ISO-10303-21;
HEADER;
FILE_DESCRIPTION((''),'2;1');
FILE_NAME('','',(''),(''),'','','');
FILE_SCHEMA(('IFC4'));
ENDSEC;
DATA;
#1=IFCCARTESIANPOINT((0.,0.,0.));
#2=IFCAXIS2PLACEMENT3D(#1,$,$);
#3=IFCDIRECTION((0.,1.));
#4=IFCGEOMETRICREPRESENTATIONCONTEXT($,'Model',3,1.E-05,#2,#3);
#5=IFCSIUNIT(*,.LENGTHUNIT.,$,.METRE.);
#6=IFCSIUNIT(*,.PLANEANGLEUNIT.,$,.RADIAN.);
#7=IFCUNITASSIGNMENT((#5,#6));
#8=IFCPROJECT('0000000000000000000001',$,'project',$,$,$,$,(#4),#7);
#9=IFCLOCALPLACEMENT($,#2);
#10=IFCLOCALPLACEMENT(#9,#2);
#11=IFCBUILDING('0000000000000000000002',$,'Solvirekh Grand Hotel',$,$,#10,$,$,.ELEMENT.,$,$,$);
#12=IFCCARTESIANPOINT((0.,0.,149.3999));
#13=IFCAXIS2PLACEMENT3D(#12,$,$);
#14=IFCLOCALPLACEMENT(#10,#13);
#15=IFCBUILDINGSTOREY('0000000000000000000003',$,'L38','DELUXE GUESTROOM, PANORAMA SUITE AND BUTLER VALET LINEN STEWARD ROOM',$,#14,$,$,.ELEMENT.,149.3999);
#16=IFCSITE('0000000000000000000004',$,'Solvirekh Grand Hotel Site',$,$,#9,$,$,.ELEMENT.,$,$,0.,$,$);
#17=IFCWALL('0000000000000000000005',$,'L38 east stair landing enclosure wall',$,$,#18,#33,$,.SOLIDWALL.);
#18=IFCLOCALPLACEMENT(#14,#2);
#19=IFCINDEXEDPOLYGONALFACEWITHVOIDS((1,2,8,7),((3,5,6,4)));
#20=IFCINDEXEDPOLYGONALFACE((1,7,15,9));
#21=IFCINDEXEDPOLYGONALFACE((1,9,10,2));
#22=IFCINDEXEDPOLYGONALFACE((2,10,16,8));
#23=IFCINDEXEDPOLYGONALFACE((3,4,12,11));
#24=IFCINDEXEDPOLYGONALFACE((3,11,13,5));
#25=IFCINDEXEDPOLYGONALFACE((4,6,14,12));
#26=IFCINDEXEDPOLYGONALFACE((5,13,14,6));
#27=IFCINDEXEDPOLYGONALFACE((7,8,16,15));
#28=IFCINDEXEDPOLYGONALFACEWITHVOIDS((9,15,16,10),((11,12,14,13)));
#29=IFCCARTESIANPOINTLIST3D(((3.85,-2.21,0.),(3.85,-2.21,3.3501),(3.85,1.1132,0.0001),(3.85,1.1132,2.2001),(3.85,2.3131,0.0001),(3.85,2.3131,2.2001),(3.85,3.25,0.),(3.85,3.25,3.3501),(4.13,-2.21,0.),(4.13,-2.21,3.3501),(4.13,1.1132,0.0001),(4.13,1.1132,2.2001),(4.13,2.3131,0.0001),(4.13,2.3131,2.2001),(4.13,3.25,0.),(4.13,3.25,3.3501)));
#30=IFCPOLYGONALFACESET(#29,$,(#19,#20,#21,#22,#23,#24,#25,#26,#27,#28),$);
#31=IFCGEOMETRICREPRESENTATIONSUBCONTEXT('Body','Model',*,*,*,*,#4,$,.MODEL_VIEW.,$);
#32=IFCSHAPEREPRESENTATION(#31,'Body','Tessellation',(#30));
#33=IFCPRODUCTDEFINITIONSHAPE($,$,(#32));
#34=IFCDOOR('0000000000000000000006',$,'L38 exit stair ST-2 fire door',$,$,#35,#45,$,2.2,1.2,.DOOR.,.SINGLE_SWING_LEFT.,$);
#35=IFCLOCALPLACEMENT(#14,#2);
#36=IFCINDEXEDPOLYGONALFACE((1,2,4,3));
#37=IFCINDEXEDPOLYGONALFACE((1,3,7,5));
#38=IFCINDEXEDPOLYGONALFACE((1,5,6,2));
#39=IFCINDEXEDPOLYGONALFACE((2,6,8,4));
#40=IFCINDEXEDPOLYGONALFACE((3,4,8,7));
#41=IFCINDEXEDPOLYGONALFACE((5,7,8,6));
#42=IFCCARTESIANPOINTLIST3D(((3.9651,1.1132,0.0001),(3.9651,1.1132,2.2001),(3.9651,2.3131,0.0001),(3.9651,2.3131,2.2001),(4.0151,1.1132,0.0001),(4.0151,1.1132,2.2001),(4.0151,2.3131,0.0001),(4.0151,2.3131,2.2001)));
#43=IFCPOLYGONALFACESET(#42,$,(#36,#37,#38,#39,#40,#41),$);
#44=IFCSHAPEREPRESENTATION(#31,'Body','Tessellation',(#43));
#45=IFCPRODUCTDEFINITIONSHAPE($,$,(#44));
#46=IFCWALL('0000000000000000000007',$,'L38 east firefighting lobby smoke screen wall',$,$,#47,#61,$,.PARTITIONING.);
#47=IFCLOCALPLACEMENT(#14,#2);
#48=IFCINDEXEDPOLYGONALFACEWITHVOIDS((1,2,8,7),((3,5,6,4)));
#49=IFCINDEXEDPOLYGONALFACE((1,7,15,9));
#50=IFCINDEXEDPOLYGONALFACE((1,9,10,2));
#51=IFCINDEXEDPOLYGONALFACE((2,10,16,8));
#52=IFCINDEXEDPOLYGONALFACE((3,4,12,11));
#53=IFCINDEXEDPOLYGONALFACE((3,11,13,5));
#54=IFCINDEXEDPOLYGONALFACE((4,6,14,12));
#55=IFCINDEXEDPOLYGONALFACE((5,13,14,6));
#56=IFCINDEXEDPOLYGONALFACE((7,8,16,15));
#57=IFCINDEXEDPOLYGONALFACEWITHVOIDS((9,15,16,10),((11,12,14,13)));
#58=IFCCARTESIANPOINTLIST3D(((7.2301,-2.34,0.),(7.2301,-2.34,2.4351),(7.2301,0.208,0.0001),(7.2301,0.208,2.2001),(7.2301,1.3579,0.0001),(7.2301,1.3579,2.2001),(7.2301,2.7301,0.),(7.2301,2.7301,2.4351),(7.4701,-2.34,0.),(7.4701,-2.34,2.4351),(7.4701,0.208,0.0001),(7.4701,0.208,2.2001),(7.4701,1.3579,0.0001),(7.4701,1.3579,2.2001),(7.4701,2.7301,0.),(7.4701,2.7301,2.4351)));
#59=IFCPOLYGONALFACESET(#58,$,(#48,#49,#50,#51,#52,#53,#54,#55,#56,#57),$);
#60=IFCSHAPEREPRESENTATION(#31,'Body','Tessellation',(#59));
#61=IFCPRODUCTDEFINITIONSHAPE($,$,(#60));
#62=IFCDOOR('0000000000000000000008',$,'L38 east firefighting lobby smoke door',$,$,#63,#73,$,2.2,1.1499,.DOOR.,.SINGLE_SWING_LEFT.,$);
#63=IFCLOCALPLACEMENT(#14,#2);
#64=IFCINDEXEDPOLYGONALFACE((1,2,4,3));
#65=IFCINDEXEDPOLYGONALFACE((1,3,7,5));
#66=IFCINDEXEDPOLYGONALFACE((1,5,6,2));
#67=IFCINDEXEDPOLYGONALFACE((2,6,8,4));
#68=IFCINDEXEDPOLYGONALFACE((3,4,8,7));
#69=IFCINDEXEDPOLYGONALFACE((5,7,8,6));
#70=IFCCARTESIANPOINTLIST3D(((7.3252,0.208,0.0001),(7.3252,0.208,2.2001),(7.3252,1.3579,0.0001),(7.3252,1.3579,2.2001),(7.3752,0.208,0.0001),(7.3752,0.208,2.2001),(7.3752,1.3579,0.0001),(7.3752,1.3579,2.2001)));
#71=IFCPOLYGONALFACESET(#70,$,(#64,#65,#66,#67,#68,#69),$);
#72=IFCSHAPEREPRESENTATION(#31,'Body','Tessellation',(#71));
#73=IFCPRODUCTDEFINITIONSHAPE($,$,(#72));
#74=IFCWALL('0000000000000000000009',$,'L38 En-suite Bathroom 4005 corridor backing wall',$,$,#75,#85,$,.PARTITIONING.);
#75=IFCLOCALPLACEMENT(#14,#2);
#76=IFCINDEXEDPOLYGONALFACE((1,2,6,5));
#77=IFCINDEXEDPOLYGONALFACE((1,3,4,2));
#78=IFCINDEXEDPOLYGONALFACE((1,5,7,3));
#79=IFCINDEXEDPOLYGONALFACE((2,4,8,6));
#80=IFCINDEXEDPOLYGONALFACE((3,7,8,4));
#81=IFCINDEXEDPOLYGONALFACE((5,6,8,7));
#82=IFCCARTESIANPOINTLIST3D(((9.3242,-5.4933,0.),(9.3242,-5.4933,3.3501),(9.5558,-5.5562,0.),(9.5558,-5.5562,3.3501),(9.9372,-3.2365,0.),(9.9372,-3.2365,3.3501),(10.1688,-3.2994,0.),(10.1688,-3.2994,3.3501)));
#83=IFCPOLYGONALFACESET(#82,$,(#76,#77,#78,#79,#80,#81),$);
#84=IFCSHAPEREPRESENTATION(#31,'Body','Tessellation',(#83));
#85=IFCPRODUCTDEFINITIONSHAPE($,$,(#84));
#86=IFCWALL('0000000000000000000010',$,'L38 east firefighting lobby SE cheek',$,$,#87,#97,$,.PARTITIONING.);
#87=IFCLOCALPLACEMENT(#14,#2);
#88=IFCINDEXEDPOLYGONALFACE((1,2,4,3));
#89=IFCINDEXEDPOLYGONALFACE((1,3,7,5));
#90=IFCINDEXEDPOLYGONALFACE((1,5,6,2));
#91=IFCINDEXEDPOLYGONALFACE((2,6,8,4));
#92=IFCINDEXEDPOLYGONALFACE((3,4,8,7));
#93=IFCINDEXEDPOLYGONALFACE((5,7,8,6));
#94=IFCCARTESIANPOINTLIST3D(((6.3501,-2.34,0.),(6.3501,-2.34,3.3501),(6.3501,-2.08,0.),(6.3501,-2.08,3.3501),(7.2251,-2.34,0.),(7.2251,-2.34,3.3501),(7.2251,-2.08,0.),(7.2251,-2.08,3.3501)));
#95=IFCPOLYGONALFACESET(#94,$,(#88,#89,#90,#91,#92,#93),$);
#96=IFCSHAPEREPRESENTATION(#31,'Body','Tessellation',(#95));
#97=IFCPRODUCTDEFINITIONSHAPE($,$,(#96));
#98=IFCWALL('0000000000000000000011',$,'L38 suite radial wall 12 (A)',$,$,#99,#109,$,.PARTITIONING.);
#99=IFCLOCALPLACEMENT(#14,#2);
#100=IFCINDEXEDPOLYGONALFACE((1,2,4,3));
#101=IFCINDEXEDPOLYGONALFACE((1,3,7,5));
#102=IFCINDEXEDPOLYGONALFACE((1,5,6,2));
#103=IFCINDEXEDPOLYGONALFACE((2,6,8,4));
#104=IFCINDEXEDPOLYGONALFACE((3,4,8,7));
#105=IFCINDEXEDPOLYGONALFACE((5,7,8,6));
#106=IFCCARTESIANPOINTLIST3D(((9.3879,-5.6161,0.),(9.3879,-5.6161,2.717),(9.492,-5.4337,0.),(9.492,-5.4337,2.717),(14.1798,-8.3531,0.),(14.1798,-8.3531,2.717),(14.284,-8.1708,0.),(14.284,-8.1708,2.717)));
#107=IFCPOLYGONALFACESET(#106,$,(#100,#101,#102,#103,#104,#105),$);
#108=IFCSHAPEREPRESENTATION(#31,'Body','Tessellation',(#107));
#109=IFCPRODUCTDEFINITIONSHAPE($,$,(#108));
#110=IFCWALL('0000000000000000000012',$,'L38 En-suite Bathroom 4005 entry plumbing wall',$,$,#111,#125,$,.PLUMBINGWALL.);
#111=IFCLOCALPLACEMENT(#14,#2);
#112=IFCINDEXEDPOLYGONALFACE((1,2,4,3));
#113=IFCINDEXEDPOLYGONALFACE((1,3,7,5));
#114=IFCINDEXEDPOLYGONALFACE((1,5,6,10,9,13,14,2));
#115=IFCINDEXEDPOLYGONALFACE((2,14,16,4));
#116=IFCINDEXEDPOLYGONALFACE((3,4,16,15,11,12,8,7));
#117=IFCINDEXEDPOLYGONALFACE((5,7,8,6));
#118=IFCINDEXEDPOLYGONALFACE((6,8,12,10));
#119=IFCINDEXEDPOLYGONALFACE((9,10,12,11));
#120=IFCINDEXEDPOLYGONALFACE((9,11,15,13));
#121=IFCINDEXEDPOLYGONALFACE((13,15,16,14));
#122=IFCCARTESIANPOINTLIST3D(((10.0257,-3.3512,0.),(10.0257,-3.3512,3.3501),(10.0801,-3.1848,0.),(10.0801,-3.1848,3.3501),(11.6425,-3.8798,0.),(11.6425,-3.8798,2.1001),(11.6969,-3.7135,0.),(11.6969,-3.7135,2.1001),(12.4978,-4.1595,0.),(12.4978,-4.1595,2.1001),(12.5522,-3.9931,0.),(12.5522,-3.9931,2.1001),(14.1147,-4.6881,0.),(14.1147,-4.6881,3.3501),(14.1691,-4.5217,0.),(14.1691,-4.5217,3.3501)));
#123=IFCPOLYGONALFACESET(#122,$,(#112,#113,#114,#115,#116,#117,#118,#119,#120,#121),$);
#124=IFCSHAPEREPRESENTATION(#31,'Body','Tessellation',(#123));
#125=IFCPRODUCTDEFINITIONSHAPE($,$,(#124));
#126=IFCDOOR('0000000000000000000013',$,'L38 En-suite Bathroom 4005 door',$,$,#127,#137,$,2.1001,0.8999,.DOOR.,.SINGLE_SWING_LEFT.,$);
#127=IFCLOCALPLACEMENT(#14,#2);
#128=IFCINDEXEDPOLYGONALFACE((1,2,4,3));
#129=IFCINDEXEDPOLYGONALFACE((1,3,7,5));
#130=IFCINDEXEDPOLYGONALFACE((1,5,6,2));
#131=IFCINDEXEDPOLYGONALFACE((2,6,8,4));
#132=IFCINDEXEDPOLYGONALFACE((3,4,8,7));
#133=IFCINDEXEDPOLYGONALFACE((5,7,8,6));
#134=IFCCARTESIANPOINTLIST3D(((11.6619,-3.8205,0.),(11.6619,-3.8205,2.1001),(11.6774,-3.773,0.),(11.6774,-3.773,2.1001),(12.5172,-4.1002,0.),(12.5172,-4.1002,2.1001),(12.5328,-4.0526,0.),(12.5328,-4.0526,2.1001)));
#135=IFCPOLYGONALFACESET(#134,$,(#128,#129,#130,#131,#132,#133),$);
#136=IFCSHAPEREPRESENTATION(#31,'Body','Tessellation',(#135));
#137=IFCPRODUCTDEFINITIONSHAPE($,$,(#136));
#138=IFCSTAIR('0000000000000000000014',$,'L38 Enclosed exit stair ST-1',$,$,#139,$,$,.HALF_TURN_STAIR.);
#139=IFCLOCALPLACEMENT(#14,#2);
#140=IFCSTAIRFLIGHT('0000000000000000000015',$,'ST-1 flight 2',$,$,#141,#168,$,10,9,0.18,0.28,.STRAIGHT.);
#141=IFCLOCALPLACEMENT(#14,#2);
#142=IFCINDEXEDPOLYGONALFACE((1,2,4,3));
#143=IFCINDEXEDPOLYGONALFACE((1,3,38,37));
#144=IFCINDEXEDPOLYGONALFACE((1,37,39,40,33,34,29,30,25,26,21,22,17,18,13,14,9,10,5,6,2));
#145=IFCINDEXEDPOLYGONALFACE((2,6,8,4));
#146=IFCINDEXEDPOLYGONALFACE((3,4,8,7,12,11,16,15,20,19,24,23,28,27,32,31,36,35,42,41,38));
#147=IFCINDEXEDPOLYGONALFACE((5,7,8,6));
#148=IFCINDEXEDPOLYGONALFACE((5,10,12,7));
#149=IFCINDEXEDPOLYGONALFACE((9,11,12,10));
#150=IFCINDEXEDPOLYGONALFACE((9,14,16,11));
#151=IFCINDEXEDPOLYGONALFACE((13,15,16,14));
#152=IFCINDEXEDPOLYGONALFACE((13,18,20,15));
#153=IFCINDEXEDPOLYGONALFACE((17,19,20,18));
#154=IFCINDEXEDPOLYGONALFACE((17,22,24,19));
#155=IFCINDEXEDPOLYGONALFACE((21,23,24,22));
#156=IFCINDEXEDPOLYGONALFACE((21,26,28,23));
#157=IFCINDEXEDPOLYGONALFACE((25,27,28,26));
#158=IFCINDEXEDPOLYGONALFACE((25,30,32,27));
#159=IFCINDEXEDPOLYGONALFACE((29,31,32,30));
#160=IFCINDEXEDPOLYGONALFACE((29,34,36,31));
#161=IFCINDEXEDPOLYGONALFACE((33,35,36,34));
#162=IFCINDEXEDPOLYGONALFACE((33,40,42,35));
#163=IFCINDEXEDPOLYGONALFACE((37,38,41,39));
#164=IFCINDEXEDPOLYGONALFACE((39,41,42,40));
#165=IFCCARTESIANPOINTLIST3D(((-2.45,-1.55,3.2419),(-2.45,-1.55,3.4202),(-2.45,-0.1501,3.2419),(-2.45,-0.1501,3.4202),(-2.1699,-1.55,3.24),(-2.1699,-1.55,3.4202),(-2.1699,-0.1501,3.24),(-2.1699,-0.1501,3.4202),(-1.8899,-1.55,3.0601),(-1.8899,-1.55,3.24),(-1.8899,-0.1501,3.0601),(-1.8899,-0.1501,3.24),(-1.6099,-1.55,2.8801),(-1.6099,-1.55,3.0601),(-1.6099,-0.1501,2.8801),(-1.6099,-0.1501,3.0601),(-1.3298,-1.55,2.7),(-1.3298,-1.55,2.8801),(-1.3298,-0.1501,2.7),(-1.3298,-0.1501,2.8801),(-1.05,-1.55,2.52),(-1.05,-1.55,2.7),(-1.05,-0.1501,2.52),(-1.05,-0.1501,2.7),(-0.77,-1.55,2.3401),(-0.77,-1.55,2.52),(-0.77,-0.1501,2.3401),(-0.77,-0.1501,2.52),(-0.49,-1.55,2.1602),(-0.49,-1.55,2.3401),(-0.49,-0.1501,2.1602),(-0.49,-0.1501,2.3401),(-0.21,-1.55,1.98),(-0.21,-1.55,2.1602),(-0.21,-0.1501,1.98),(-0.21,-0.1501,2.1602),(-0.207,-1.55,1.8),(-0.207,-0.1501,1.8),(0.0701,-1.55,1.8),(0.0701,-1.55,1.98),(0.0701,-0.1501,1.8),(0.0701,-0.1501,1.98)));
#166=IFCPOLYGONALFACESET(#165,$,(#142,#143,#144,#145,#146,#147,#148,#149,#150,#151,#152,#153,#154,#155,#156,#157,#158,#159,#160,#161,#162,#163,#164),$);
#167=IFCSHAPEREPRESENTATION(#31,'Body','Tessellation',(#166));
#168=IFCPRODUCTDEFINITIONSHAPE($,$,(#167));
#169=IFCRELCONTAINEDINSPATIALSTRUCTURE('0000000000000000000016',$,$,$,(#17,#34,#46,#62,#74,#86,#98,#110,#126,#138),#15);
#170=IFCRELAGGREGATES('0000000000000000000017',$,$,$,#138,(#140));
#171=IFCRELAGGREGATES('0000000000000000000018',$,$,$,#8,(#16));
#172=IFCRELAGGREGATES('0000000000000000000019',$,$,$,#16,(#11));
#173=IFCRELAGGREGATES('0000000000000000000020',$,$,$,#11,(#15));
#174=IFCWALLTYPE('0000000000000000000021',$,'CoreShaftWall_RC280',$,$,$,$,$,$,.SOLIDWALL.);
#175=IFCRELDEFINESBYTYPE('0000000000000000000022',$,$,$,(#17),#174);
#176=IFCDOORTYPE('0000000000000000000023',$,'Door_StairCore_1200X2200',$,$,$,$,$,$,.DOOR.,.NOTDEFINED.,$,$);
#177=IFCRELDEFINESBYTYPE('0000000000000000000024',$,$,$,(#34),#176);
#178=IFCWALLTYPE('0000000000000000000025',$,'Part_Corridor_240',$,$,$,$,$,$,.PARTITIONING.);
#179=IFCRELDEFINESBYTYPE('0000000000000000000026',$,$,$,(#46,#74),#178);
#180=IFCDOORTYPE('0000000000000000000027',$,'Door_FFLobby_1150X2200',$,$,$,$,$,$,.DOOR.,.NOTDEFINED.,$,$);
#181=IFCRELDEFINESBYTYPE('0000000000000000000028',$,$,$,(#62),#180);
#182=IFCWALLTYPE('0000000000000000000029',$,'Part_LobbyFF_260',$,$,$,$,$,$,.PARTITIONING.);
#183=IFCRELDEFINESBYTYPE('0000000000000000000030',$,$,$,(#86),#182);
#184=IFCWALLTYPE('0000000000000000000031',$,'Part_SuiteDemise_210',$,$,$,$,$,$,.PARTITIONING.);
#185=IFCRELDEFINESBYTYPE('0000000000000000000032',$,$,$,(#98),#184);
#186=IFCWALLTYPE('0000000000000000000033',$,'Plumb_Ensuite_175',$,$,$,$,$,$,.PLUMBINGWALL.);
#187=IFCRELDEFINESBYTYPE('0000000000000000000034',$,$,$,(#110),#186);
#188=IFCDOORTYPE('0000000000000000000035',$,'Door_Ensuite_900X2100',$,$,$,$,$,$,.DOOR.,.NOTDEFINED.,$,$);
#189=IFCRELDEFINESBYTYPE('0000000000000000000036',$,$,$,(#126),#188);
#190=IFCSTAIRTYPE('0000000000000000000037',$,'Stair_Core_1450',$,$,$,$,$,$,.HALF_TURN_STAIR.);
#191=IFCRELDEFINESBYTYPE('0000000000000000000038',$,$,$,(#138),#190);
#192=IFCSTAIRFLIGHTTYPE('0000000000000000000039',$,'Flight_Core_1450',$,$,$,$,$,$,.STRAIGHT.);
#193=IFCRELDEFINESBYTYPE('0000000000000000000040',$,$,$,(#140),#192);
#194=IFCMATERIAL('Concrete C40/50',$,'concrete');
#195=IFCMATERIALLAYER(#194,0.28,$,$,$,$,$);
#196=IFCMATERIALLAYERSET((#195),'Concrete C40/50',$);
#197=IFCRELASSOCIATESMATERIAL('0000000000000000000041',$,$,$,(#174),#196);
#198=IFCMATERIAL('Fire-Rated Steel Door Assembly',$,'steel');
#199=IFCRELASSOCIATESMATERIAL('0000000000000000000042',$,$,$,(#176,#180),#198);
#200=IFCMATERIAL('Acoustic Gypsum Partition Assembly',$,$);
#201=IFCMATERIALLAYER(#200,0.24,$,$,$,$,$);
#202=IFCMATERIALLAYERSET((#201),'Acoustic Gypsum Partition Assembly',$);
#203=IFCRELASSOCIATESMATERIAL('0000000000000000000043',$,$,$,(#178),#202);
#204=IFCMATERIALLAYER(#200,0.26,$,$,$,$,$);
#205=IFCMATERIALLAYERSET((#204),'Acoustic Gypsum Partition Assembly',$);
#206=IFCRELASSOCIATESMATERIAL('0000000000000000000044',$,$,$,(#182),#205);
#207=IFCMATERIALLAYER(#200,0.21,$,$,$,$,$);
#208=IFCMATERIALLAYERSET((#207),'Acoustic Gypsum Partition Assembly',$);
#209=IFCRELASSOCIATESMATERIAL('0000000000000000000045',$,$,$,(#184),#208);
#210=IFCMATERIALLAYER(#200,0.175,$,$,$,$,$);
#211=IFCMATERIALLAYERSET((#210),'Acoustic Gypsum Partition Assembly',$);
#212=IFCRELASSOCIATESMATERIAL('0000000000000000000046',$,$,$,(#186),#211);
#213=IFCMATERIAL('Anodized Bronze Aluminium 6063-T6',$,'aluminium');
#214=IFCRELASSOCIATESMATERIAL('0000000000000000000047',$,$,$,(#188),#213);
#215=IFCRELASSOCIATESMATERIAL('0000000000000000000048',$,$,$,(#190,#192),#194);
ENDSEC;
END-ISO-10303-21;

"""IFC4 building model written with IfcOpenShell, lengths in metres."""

from ifc_helpers import new_model, si_unit, direction, frame, frame_2d, origin, place, context, subcontext, project, spatial, polyline, rectangle, outline, extrude, material, layer, layer_set, type_object, element, fill, aggregate, save


model = new_model("IFC4")

# Units and contexts
model_context = context("Model", 3, precision=1e-05, world=origin(), true_north=direction((0.0, 1.0)))
body_context = subcontext(model_context, "Body", "Model", "MODEL_VIEW")
ifc_project = project(units=[si_unit("LENGTHUNIT", "METRE"), si_unit("PLANEANGLEUNIT", "RADIAN")], contexts=[model_context])

# Site, building, storey
site_placement = place(None, origin())
site = spatial("IfcSite", under=ifc_project, at=site_placement, Name="Solvirekh Grand Hotel Site", CompositionType="ELEMENT", RefElevation=0.0)
building_placement = place(site_placement, origin())
building = spatial("IfcBuilding", under=site, at=building_placement, Name="Solvirekh Grand Hotel", CompositionType="ELEMENT")
storey_placement = place(building_placement, frame((0.0, 0.0, 149.3999)))
storey = spatial("IfcBuildingStorey", under=building, at=storey_placement, Name="L38", Description="DELUXE GUESTROOM, PANORAMA SUITE AND BUTLER VALET LINEN STEWARD ROOM", CompositionType="ELEMENT", Elevation=149.3999)

# Shared definitions
ifc_material_1 = material(Name="Concrete C40/50", Category="concrete")
ifc_layer_1 = layer(ifc_material_1, 0.28)
ifc_layer_set_1 = layer_set([ifc_layer_1], Name="Concrete C40/50")
wall_type_1 = type_object("IfcWallType", Name="CoreShaftWall_RC280", PredefinedType="SOLIDWALL", material=ifc_layer_set_1)

# Shared definitions
ifc_material_2 = material(Name="Fire-Rated Steel Door Assembly", Category="steel")

# Walls, openings, doors
wall_1_placement = place(storey_placement, frame((3.99, -2.21, 0.0), z_axis=(0.0, 0.0, 1.0), x_axis=(0.0, 1.0, 0.0)))
wall_1 = element("IfcWall", 1, at=wall_1_placement, inside=storey, type_object=wall_type_1, Name="L38 east stair landing enclosure wall", PredefinedType="SOLIDWALL", context=body_context, shape_type="SweptSolid", body=[
    extrude(rectangle(XDim=5.46, YDim=0.28, at=frame_2d((2.73, 0.0))), origin(), (0.0, 0.0, 1.0), 3.3501),
])
opening_1_placement = place(wall_1_placement, frame((3.323, 0.0, 0.0)))
opening_1 = element("IfcOpeningElement", 2, at=opening_1_placement, cuts=wall_1, PredefinedType="OPENING", context=body_context, shape_type="SweptSolid", body=[
    extrude(rectangle(XDim=1.2, YDim=2.2, at=frame_2d((0.6001, 1.1001))), frame((0.0, 0.1499, 0.0), z_axis=(0.0, -1.0, 0.0), x_axis=(1.0, 0.0, 0.0)), (0.0, 0.0, 1.0), 0.3),
])
door_type_1 = type_object("IfcDoorType", Name="Door_StairCore_1200X2200", OperationType="NOTDEFINED", PredefinedType="DOOR", material=ifc_material_2)
door_1_placement = place(opening_1_placement, origin())
door_1 = element("IfcDoor", 3, at=door_1_placement, inside=storey, type_object=door_type_1, Name="L38 exit stair ST-2 fire door", OperationType="SINGLE_SWING_LEFT", OverallHeight=2.2, OverallWidth=1.2, PredefinedType="DOOR", context=body_context, shape_type="SweptSolid", body=[
    extrude(rectangle(XDim=1.2, YDim=2.2, at=frame_2d((0.6001, 1.1001))), frame((0.0, 0.0249, 0.0), z_axis=(0.0, -1.0, 0.0), x_axis=(1.0, 0.0, 0.0)), (0.0, 0.0, 1.0), 0.05),
])
fill(opening_1, door_1)
ifc_material_3 = material(Name="Acoustic Gypsum Partition Assembly")
ifc_layer_2 = layer(ifc_material_3, 0.24)
ifc_layer_set_2 = layer_set([ifc_layer_2], Name="Acoustic Gypsum Partition Assembly")
wall_type_2 = type_object("IfcWallType", Name="Part_Corridor_240", PredefinedType="PARTITIONING", material=ifc_layer_set_2)
wall_2_placement = place(storey_placement, frame((7.3501, -2.3401, 0.0), z_axis=(0.0, 0.0, 1.0), x_axis=(0.0, 1.0, 0.0)))
wall_2 = element("IfcWall", 4, at=wall_2_placement, inside=storey, type_object=wall_type_2, Name="L38 east firefighting lobby smoke screen wall", PredefinedType="PARTITIONING", context=body_context, shape_type="SweptSolid", body=[
    extrude(rectangle(XDim=5.0701, YDim=0.24, at=frame_2d((2.5352, 0.0))), origin(), (0.0, 0.0, 1.0), 2.4351),
])
opening_2_placement = place(wall_2_placement, frame((2.5481, 0.0, 0.0)))
opening_2 = element("IfcOpeningElement", 5, at=opening_2_placement, cuts=wall_2, PredefinedType="OPENING", context=body_context, shape_type="SweptSolid", body=[
    extrude(rectangle(XDim=1.1499, YDim=2.2, at=frame_2d((0.575, 1.1001))), frame((0.0, 0.1299, 0.0), z_axis=(0.0, -1.0, 0.0), x_axis=(1.0, 0.0, 0.0)), (0.0, 0.0, 1.0), 0.26),
])
door_type_2 = type_object("IfcDoorType", Name="Door_FFLobby_1150X2200", OperationType="NOTDEFINED", PredefinedType="DOOR", material=ifc_material_2)
door_2_placement = place(opening_2_placement, origin())
door_2 = element("IfcDoor", 6, at=door_2_placement, inside=storey, type_object=door_type_2, Name="L38 east firefighting lobby smoke door", OperationType="SINGLE_SWING_LEFT", OverallHeight=2.2, OverallWidth=1.1499, PredefinedType="DOOR", context=body_context, shape_type="SweptSolid", body=[
    extrude(rectangle(XDim=1.1499, YDim=2.2, at=frame_2d((0.575, 1.1001))), frame((0.0, 0.0249, 0.0), z_axis=(0.0, -1.0, 0.0), x_axis=(1.0, 0.0, 0.0)), (0.0, 0.0, 1.0), 0.05),
])
fill(opening_2, door_2)

# Walls
wall_3_placement = place(storey_placement, frame((9.4399, -5.5249, 0.0), z_axis=(0.0, 0.0, 1.0), x_axis=(0.262137, 0.965031, 0.0)))
element("IfcWall", 7, at=wall_3_placement, inside=storey, type_object=wall_type_2, Name="L38 En-suite Bathroom 4005 corridor backing wall", PredefinedType="PARTITIONING", context=body_context, shape_type="SweptSolid", body=[
    extrude(rectangle(XDim=2.3386, YDim=0.24, at=frame_2d((1.1694, 0.0))), origin(), (0.0, 0.0, 1.0), 3.3501),
])
ifc_layer_3 = layer(ifc_material_3, 0.26)
ifc_layer_set_3 = layer_set([ifc_layer_3], Name="Acoustic Gypsum Partition Assembly")
wall_type_3 = type_object("IfcWallType", Name="Part_LobbyFF_260", PredefinedType="PARTITIONING", material=ifc_layer_set_3)
wall_4_placement = place(storey_placement, frame((6.3501, -2.21, 0.0), z_axis=(0.0, 0.0, 1.0), x_axis=(1.0, 0.0, 0.0)))
element("IfcWall", 8, at=wall_4_placement, inside=storey, type_object=wall_type_3, Name="L38 east firefighting lobby SE cheek", PredefinedType="PARTITIONING", context=body_context, shape_type="SweptSolid", body=[
    extrude(rectangle(XDim=0.875, YDim=0.26, at=frame_2d((0.4375, 0.0))), origin(), (0.0, 0.0, 1.0), 3.3501),
])
ifc_layer_4 = layer(ifc_material_3, 0.21)
ifc_layer_set_4 = layer_set([ifc_layer_4], Name="Acoustic Gypsum Partition Assembly")
wall_type_4 = type_object("IfcWallType", Name="Part_SuiteDemise_210", PredefinedType="PARTITIONING", material=ifc_layer_set_4)
wall_5_placement = place(storey_placement, frame((9.4399, -5.5249, 0.0), z_axis=(0.0, 0.0, 1.0), x_axis=(0.868338, -0.495972, 0.0)))
element("IfcWall", 9, at=wall_5_placement, inside=storey, type_object=wall_type_4, Name="L38 suite radial wall 12 (A)", PredefinedType="PARTITIONING", context=body_context, shape_type="SweptSolid", body=[
    extrude(rectangle(XDim=5.5186, YDim=0.21, at=frame_2d((2.7593, 0.0))), origin(), (0.0, 0.0, 1.0), 2.717),
])

# Wall, opening, door
ifc_layer_5 = layer(ifc_material_3, 0.175)
ifc_layer_set_5 = layer_set([ifc_layer_5], Name="Acoustic Gypsum Partition Assembly")
wall_type_5 = type_object("IfcWallType", Name="Plumb_Ensuite_175", PredefinedType="PLUMBINGWALL", material=ifc_layer_set_5)
wall_6_placement = place(storey_placement, frame((10.053, -3.2681, 0.0), z_axis=(0.0, 0.0, 1.0), x_axis=(0.950489, -0.310758, 0.0)))
wall_6 = element("IfcWall", 10, at=wall_6_placement, inside=storey, type_object=wall_type_5, Name="L38 En-suite Bathroom 4005 entry plumbing wall", PredefinedType="PLUMBINGWALL", context=body_context, shape_type="SweptSolid", body=[
    extrude(rectangle(XDim=4.302, YDim=0.175, at=frame_2d((2.1509, 0.0))), origin(), (0.0, 0.0, 1.0), 3.3501),
])
opening_3_placement = place(wall_6_placement, frame((1.7009, 0.0, 0.0)))
opening_3 = element("IfcOpeningElement", 11, at=opening_3_placement, cuts=wall_6, PredefinedType="OPENING", context=body_context, shape_type="SweptSolid", body=[
    extrude(rectangle(XDim=0.8999, YDim=2.1001, at=frame_2d((0.45, 1.05))), frame((0.0, 0.0977, 0.0), z_axis=(0.0, -1.0, 0.0), x_axis=(1.0, 0.0, 0.0)), (0.0, 0.0, 1.0), 0.1951),
])
ifc_material_4 = material(Name="Anodized Bronze Aluminium 6063-T6", Category="aluminium")
door_type_3 = type_object("IfcDoorType", Name="Door_Ensuite_900X2100", OperationType="NOTDEFINED", PredefinedType="DOOR", material=ifc_material_4)
door_3_placement = place(opening_3_placement, origin())
door_3 = element("IfcDoor", 12, at=door_3_placement, inside=storey, type_object=door_type_3, Name="L38 En-suite Bathroom 4005 door", OperationType="SINGLE_SWING_LEFT", OverallHeight=2.1001, OverallWidth=0.8999, PredefinedType="DOOR", context=body_context, shape_type="SweptSolid", body=[
    extrude(rectangle(XDim=0.8999, YDim=2.1001, at=frame_2d((0.45, 1.05))), frame((0.0, 0.0249, 0.0), z_axis=(0.0, -1.0, 0.0), x_axis=(1.0, 0.0, 0.0)), (0.0, 0.0, 1.0), 0.05),
])
fill(opening_3, door_3)

# Stair, stair flight
stair_type = type_object("IfcStairType", Name="Stair_Core_1450", PredefinedType="HALF_TURN_STAIR", material=ifc_material_1)
stair_placement = place(storey_placement, origin())
stair = element("IfcStair", 13, at=stair_placement, inside=storey, type_object=stair_type, Name="L38 Enclosed exit stair ST-1", PredefinedType="HALF_TURN_STAIR")
stair_flight_type = type_object("IfcStairFlightType", Name="Flight_Core_1450", PredefinedType="STRAIGHT", material=ifc_material_1)
stair_flight_placement = place(storey_placement, frame((0.0701, -0.8501, 1.8), z_axis=(0.0, 0.0, 1.0), x_axis=(-1.0, 0.0, 0.0)))
stair_flight = element("IfcStairFlight", 14, at=stair_flight_placement, type_object=stair_flight_type, Name="ST-1 flight 2", NumberOfRisers=10, NumberOfTreads=9, PredefinedType="STRAIGHT", RiserHeight=0.18, TreadLength=0.28, context=body_context, shape_type="SweptSolid", body=[
    extrude(outline(polyline([(0.0, 0.0), (0.0, 0.1799), (0.28, 0.1799), (0.28, 0.3601), (0.5601, 0.3601), (0.5601, 0.54), (0.8401, 0.54), (0.8401, 0.72), (1.1201, 0.72), (1.1201, 0.8999), (1.3999, 0.8999), (1.3999, 1.0801), (1.6799, 1.0801), (1.6799, 1.26), (1.96, 1.26), (1.96, 1.4399), (2.24, 1.4399), (2.24, 1.6201), (2.52, 1.6201), (2.52, 1.8), (2.52, 1.4419), (0.2771, 0.0), (0.0, 0.0)])), frame((0.0, 0.7, 0.0), z_axis=(0.0, -1.0, 0.0), x_axis=(1.0, 0.0, 0.0)), (0.0, 0.0, 1.0), 1.3999),
])
aggregate(stair, [stair_flight])

save(model, "model.ifc")
